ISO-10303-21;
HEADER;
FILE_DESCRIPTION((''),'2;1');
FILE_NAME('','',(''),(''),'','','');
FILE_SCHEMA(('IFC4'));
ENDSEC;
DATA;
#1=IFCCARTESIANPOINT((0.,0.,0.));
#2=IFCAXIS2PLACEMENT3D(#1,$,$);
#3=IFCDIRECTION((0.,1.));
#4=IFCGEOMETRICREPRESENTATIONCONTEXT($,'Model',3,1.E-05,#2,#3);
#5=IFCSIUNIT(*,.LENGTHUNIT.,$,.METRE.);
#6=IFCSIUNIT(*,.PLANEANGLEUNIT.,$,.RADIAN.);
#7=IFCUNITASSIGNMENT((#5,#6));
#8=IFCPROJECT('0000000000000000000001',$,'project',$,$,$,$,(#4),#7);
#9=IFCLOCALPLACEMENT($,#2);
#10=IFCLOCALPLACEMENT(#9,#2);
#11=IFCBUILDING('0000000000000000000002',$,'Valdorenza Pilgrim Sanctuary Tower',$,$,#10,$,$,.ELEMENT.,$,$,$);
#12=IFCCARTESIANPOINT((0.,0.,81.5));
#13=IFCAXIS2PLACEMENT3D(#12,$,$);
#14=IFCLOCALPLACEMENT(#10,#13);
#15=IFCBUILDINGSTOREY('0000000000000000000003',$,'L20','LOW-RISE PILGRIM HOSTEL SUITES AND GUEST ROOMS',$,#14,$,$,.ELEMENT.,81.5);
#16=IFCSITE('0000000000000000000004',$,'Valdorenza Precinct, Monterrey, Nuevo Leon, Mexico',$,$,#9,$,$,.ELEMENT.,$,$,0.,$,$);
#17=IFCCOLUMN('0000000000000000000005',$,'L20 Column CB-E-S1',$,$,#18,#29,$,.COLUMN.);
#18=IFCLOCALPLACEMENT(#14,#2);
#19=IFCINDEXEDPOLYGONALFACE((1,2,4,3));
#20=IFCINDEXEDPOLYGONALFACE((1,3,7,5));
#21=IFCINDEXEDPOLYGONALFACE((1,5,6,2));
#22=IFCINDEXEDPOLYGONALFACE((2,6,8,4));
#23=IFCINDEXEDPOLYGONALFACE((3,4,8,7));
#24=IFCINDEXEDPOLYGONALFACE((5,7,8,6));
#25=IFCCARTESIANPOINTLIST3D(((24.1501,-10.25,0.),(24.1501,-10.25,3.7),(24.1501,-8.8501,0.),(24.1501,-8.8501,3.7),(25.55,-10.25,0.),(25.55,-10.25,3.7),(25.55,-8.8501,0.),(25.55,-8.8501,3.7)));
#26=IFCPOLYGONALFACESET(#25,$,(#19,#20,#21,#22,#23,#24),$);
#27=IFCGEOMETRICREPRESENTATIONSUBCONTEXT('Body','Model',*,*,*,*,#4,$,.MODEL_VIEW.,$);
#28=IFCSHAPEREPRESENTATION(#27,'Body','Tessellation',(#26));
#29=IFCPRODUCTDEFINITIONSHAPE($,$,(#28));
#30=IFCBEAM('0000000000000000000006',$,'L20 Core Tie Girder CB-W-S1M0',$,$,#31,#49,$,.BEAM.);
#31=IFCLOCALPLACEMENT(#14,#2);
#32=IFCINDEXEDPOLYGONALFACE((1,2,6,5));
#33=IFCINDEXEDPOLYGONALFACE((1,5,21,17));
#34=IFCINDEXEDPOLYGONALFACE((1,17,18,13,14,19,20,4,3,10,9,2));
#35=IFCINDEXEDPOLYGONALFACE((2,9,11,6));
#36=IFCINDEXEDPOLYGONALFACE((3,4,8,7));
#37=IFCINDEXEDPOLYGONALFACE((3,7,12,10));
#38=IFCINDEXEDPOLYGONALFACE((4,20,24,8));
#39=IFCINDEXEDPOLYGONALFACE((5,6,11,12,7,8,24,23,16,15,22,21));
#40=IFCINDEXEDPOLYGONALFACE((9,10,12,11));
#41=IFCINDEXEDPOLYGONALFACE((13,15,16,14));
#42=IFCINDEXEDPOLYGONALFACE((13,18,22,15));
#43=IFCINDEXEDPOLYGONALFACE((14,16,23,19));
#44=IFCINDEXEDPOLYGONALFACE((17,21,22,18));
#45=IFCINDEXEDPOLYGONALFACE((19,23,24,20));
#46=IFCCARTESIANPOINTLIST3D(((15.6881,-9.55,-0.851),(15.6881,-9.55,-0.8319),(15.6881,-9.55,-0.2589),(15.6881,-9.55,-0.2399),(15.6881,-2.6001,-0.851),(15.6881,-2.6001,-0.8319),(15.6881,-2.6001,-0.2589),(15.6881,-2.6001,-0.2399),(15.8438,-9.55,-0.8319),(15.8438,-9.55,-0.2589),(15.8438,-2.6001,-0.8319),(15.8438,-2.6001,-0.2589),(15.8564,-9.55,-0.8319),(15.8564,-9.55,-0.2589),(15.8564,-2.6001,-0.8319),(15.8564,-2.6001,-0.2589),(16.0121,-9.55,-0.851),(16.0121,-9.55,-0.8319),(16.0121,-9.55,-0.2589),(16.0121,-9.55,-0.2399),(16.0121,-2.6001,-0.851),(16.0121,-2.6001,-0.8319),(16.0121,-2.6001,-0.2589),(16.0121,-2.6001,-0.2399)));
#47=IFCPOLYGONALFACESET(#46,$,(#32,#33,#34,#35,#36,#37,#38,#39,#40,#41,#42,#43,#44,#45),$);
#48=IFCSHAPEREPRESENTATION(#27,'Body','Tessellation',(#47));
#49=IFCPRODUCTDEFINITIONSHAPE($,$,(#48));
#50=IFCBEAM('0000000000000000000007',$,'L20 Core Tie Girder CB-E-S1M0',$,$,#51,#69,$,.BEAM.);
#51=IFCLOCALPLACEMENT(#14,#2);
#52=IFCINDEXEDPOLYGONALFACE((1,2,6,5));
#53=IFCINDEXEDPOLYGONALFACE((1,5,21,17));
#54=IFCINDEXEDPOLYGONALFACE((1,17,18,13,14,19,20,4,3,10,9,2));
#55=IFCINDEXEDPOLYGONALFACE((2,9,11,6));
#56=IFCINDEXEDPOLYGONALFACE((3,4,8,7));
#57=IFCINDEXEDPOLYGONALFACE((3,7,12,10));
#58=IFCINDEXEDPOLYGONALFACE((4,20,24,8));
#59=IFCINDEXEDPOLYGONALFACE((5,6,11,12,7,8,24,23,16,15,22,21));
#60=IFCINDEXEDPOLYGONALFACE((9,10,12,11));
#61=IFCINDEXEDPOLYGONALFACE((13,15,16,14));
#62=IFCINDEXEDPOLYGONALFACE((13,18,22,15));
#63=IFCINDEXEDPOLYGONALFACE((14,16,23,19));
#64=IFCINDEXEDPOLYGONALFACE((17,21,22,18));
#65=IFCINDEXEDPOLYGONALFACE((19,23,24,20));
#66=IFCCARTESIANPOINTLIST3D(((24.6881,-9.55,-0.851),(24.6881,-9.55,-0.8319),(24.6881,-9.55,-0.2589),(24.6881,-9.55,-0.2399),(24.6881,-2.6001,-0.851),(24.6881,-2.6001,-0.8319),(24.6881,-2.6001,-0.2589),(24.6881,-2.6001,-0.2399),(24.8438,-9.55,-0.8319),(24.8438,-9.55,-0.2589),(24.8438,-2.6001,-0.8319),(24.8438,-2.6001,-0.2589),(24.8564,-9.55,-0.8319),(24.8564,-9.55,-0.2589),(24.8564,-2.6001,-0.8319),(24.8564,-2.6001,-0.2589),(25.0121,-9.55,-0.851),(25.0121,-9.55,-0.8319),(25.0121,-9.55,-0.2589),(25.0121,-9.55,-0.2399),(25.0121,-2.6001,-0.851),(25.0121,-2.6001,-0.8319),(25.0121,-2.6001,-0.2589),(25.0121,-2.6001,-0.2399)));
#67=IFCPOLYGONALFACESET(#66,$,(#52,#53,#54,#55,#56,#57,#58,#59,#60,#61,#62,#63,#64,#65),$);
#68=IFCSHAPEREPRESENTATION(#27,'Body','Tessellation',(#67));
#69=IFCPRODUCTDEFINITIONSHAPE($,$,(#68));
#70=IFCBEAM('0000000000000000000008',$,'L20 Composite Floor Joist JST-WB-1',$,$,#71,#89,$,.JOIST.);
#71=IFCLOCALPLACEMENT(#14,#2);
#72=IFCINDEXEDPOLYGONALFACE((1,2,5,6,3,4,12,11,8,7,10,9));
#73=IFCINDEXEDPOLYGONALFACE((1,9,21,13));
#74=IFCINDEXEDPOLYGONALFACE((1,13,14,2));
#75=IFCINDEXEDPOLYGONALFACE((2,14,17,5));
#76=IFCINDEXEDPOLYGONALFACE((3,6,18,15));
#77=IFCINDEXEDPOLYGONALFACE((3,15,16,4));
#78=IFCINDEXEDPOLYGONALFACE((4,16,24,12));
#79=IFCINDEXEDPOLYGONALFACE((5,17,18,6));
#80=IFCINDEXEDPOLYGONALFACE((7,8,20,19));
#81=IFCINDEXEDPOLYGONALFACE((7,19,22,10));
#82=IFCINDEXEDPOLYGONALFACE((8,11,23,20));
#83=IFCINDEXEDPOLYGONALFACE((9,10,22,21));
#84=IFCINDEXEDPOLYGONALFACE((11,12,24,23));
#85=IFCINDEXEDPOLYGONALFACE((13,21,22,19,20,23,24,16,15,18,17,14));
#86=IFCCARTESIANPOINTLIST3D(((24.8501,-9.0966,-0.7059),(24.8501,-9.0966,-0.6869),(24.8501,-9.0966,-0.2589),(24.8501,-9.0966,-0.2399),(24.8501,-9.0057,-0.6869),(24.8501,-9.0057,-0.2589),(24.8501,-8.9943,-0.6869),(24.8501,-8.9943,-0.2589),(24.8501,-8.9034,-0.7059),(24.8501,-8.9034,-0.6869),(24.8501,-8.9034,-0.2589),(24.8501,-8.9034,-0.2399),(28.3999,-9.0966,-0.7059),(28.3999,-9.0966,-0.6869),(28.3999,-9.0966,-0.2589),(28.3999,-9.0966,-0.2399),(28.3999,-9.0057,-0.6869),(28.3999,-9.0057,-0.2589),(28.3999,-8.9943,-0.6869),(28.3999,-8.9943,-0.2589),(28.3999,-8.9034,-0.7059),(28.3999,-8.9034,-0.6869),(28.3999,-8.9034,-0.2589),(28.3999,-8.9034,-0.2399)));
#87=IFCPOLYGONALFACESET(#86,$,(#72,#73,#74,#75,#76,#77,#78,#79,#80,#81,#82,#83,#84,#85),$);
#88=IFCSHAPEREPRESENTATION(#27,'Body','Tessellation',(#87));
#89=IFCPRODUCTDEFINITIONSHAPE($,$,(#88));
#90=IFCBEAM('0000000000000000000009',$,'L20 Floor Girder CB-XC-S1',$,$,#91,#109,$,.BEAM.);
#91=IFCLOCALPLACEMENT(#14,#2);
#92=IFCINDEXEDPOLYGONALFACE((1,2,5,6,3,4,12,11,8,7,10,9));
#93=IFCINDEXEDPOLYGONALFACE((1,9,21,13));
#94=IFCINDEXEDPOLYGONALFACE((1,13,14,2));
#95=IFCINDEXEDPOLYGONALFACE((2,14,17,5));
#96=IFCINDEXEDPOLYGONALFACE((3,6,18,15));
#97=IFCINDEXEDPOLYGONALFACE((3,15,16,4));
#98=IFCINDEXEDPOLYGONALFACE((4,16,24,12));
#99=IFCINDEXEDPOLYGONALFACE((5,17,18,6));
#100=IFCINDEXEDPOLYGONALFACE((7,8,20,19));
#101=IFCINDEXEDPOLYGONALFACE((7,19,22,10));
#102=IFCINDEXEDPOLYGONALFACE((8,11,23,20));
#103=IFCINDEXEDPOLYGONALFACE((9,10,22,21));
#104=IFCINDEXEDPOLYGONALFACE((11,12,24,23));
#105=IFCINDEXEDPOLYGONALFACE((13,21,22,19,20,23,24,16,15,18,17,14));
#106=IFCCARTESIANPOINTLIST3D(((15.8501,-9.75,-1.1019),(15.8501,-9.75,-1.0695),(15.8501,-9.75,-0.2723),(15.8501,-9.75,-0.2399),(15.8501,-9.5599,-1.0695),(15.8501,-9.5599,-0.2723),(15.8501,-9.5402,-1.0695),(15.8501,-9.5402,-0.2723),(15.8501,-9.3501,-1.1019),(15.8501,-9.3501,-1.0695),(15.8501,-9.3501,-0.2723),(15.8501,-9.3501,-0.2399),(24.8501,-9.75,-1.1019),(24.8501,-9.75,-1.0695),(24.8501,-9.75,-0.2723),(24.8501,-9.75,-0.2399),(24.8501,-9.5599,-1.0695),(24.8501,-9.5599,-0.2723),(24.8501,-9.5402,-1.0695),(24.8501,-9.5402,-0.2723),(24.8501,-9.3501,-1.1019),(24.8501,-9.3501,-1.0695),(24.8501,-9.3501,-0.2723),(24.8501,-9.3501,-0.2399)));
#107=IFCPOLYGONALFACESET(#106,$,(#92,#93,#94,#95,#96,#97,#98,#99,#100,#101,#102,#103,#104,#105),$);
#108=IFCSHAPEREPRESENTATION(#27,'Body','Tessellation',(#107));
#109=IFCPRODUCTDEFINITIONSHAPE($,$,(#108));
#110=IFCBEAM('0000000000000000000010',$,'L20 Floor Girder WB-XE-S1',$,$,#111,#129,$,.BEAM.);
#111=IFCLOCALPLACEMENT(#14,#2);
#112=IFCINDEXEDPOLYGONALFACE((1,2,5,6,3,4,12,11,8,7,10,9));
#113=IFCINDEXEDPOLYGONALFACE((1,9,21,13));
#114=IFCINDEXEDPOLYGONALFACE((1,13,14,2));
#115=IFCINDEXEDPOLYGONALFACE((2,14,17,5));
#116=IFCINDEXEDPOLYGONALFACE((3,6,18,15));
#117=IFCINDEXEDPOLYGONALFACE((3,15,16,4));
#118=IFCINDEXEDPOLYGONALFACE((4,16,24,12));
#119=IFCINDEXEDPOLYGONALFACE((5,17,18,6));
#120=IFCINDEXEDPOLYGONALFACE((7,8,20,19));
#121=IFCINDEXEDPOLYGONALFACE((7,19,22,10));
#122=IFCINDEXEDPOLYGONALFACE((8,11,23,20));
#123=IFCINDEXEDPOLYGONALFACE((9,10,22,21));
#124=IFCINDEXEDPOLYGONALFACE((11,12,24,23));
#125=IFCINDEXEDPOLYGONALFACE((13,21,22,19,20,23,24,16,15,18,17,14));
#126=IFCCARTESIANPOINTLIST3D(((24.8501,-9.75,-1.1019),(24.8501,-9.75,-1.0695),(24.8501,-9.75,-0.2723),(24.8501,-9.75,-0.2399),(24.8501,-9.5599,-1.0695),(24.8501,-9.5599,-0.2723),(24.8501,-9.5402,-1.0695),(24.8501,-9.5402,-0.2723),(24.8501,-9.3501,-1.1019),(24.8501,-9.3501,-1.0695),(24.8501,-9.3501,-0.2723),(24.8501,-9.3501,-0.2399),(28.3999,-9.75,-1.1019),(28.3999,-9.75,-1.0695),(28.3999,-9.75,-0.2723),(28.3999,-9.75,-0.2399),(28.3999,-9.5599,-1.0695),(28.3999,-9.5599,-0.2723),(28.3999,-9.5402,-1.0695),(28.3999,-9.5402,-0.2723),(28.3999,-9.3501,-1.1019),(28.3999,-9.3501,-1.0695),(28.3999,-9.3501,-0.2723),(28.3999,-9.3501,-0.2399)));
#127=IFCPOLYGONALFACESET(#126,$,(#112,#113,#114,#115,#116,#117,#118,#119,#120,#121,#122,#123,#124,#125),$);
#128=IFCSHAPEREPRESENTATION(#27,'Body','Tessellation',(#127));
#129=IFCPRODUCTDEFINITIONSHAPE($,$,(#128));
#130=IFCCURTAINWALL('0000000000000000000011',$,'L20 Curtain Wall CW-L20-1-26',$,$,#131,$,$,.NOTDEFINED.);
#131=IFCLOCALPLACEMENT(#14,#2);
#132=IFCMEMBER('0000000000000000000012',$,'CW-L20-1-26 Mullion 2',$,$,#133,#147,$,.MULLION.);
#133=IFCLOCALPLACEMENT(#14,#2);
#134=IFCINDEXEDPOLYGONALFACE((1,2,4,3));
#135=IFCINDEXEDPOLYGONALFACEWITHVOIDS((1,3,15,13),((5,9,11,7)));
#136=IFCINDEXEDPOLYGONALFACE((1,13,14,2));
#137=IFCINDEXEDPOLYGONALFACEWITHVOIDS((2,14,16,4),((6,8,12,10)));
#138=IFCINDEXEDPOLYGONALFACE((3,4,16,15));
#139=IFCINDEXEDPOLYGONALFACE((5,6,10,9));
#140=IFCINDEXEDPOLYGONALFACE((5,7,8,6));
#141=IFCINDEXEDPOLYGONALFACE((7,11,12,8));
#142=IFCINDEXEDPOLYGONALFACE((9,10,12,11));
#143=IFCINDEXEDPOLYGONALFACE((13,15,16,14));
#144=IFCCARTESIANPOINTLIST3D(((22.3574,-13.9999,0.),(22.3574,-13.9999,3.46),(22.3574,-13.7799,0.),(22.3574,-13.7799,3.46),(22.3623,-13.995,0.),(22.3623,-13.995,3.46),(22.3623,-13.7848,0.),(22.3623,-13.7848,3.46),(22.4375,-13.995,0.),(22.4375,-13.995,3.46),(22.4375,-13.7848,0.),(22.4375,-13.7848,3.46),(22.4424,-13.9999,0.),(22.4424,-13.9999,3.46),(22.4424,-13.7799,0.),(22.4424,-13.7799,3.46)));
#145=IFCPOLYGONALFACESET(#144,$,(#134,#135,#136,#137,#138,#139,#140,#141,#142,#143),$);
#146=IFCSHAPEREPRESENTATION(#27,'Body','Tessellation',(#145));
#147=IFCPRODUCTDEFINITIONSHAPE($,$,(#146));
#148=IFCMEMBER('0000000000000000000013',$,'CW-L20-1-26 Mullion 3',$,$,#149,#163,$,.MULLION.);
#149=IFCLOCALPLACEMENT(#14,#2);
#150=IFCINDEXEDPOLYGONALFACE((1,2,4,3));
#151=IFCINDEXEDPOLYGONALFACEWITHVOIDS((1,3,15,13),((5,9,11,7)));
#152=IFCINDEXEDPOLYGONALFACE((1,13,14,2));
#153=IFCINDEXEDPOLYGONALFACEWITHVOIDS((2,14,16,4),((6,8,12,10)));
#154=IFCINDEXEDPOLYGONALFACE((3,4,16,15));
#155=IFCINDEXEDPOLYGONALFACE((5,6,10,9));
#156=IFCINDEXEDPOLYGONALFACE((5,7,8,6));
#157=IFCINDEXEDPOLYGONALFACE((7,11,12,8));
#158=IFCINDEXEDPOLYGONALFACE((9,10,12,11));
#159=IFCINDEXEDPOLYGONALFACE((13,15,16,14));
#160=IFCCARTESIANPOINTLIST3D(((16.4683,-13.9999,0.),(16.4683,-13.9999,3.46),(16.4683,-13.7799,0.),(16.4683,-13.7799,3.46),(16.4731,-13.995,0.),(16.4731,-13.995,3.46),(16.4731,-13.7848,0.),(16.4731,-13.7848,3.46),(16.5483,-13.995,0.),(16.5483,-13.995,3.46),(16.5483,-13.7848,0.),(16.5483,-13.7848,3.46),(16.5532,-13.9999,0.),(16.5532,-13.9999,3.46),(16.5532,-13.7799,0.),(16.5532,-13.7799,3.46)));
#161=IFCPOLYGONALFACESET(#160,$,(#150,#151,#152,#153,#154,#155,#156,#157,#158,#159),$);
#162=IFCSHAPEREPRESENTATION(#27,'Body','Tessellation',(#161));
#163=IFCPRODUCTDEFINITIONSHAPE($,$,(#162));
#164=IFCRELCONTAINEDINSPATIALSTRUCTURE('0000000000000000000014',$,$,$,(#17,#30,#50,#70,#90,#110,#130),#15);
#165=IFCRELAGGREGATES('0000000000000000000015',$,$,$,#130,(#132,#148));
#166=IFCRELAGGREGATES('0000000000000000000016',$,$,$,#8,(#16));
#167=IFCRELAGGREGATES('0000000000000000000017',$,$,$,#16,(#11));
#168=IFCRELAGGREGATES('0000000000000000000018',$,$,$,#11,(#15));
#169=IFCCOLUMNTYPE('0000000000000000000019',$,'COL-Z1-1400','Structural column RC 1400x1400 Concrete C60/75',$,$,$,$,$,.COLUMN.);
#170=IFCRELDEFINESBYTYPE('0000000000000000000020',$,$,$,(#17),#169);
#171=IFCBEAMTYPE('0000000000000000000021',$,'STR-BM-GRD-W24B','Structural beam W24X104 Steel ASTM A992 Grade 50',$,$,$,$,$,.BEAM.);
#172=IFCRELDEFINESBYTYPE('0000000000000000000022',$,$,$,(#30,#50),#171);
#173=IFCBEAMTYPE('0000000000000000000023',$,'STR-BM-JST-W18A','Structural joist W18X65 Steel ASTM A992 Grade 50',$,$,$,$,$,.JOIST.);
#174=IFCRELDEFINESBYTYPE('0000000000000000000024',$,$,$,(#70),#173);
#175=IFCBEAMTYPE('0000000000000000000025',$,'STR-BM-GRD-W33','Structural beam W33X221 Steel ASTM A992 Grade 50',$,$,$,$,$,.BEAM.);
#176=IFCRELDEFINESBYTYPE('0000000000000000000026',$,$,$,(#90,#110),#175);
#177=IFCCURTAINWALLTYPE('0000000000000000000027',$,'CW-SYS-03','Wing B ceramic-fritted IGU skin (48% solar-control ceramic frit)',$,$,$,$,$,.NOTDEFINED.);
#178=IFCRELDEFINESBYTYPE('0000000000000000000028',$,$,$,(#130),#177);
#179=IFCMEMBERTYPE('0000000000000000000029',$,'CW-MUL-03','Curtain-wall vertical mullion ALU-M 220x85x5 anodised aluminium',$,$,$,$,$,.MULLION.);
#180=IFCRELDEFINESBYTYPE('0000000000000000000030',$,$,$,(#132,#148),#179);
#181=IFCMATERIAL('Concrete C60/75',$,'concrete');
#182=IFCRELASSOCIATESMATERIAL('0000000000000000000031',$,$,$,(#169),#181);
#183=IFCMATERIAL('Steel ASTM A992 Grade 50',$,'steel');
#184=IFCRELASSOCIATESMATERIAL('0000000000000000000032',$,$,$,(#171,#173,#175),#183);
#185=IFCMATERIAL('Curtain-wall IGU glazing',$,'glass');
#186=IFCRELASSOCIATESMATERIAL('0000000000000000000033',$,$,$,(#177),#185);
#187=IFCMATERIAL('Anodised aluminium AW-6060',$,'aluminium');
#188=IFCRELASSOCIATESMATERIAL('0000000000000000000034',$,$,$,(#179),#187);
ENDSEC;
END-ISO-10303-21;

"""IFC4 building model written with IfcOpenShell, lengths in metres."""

from ifc_helpers import new_model, si_unit, direction, frame, origin, origin_2d, place, context, subcontext, project, spatial, rectangle, hollow_rectangle, i_section, extrude, source, transform, mapped, material, material_profile, profile_set, type_object, element, aggregate, save


model = new_model("IFC4")

# Units and contexts
model_context = context("Model", 3, precision=1e-05, world=origin(), true_north=direction((0.0, 1.0)))
body_context = subcontext(model_context, "Body", "Model", "MODEL_VIEW")
ifc_project = project(units=[si_unit("LENGTHUNIT", "METRE"), si_unit("PLANEANGLEUNIT", "RADIAN")], contexts=[model_context])

# Site, building, storey
site_placement = place(None, origin())
site = spatial("IfcSite", under=ifc_project, at=site_placement, Name="Valdorenza Precinct, Monterrey, Nuevo Leon, Mexico", CompositionType="ELEMENT", RefElevation=0.0)
building_placement = place(site_placement, origin())
building = spatial("IfcBuilding", under=site, at=building_placement, Name="Valdorenza Pilgrim Sanctuary Tower", CompositionType="ELEMENT")
storey_placement = place(building_placement, frame((0.0, 0.0, 81.5)))
storey = spatial("IfcBuildingStorey", under=building, at=storey_placement, Name="L20", Description="LOW-RISE PILGRIM HOSTEL SUITES AND GUEST ROOMS", CompositionType="ELEMENT", Elevation=81.5)

# Column
ifc_material_1 = material(Name="Concrete C60/75", Category="concrete")
ifc_material_profile_1 = material_profile(ifc_material_1, rectangle(XDim=1.3999, YDim=1.3999, at=origin_2d()), Name="RC 1400x1400")
ifc_profile_set_1 = profile_set([ifc_material_profile_1], Name="Concrete C60/75")
column_type = type_object("IfcColumnType", Name="COL-Z1-1400", Description="Structural column RC 1400x1400 Concrete C60/75", PredefinedType="COLUMN", material=ifc_profile_set_1)
shared_shape_1 = source(origin(), body_context, "Body", "SweptSolid", [
    extrude(rectangle(XDim=1.3999, YDim=1.3999, at=origin_2d()), origin(), (0.0, 0.0, 1.0), 3.7),
])
column_placement = place(storey_placement, frame((24.8501, -9.55, 0.0), z_axis=(0.0, 0.0, 1.0), x_axis=(1.0, 0.0, 0.0)))
element("IfcColumn", 1, at=column_placement, inside=storey, type_object=column_type, Name="L20 Column CB-E-S1", PredefinedType="COLUMN", context=body_context, shape_type="MappedRepresentation", body=[
    mapped(shared_shape_1, transform((0.0, 0.0, 0.0), x_axis=(1.0, 0.0, 0.0), y_axis=(0.0, 1.0, 0.0), z_axis=(0.0, 0.0, 1.0), scale=1.0)),
])

# Beams
ifc_material_2 = material(Name="Steel ASTM A992 Grade 50", Category="steel")
ifc_material_profile_2 = material_profile(ifc_material_2, i_section(OverallWidth=0.324, OverallDepth=0.6111, WebThickness=0.0127, FlangeThickness=0.019, at=origin_2d()), Name="W24X104")
ifc_profile_set_2 = profile_set([ifc_material_profile_2], Name="Steel ASTM A992 Grade 50")
beam_type_1 = type_object("IfcBeamType", Name="STR-BM-GRD-W24B", Description="Structural beam W24X104 Steel ASTM A992 Grade 50", PredefinedType="BEAM", material=ifc_profile_set_2)
shared_shape_2 = source(origin(), body_context, "Body", "SweptSolid", [
    extrude(i_section(OverallWidth=0.324, OverallDepth=0.6111, WebThickness=0.0127, FlangeThickness=0.019, at=origin_2d()), origin(), (0.0, 0.0, 1.0), 6.95),
])
for number, where, z_axis, x_axis, name in (
    (2, (15.8501, -9.55, -0.5454), (0.0, 1.0, 0.0), (-1.0, 0.0, 0.0), "L20 Core Tie Girder CB-W-S1M0"),
    (3, (24.8501, -9.55, -0.5454), (0.0, 1.0, 0.0), (-1.0, 0.0, 0.0), "L20 Core Tie Girder CB-E-S1M0"),
):
    element("IfcBeam", number, at=place(storey_placement, frame(where, z_axis=z_axis, x_axis=x_axis)), inside=storey, type_object=beam_type_1, Name=name, PredefinedType="BEAM", context=body_context, shape_type="MappedRepresentation", body=[
        mapped(shared_shape_2, transform((0.0, 0.0, 0.0), x_axis=(1.0, 0.0, 0.0), y_axis=(0.0, 1.0, 0.0), z_axis=(0.0, 0.0, 1.0), scale=1.0)),
    ])
ifc_material_profile_3 = material_profile(ifc_material_2, i_section(OverallWidth=0.1931, OverallDepth=0.4661, WebThickness=0.0115, FlangeThickness=0.019, at=origin_2d()), Name="W18X65")
ifc_profile_set_3 = profile_set([ifc_material_profile_3], Name="Steel ASTM A992 Grade 50")
beam_type_2 = type_object("IfcBeamType", Name="STR-BM-JST-W18A", Description="Structural joist W18X65 Steel ASTM A992 Grade 50", PredefinedType="JOIST", material=ifc_profile_set_3)
shared_shape_3 = source(origin(), body_context, "Body", "SweptSolid", [
    extrude(i_section(OverallWidth=0.1931, OverallDepth=0.4661, WebThickness=0.0115, FlangeThickness=0.019, at=origin_2d()), origin(), (0.0, 0.0, 1.0), 3.5498),
])
beam_1_placement = place(storey_placement, frame((24.8501, -9.0, -0.4729), z_axis=(1.0, 0.0, 0.0), x_axis=(0.0, 1.0, 0.0)))
element("IfcBeam", 4, at=beam_1_placement, inside=storey, type_object=beam_type_2, Name="L20 Composite Floor Joist JST-WB-1", PredefinedType="JOIST", context=body_context, shape_type="MappedRepresentation", body=[
    mapped(shared_shape_3, transform((0.0, 0.0, 0.0), x_axis=(1.0, 0.0, 0.0), y_axis=(0.0, 1.0, 0.0), z_axis=(0.0, 0.0, 1.0), scale=1.0)),
])
ifc_material_profile_4 = material_profile(ifc_material_2, i_section(OverallWidth=0.3999, OverallDepth=0.8621, WebThickness=0.0198, FlangeThickness=0.0325, at=origin_2d()), Name="W33X221")
ifc_profile_set_4 = profile_set([ifc_material_profile_4], Name="Steel ASTM A992 Grade 50")
beam_type_3 = type_object("IfcBeamType", Name="STR-BM-GRD-W33", Description="Structural beam W33X221 Steel ASTM A992 Grade 50", PredefinedType="BEAM", material=ifc_profile_set_4)
shared_shape_4 = source(origin(), body_context, "Body", "SweptSolid", [
    extrude(i_section(OverallWidth=0.3999, OverallDepth=0.8621, WebThickness=0.0198, FlangeThickness=0.0325, at=origin_2d()), origin(), (0.0, 0.0, 1.0), 9.0),
])
beam_2_placement = place(storey_placement, frame((15.8501, -9.55, -0.6709), z_axis=(1.0, 0.0, 0.0), x_axis=(0.0, 1.0, 0.0)))
element("IfcBeam", 5, at=beam_2_placement, inside=storey, type_object=beam_type_3, Name="L20 Floor Girder CB-XC-S1", PredefinedType="BEAM", context=body_context, shape_type="MappedRepresentation", body=[
    mapped(shared_shape_4, transform((0.0, 0.0, 0.0), x_axis=(1.0, 0.0, 0.0), y_axis=(0.0, 1.0, 0.0), z_axis=(0.0, 0.0, 1.0), scale=1.0)),
])
shared_shape_5 = source(origin(), body_context, "Body", "SweptSolid", [
    extrude(i_section(OverallWidth=0.3999, OverallDepth=0.8621, WebThickness=0.0198, FlangeThickness=0.0325, at=origin_2d()), origin(), (0.0, 0.0, 1.0), 3.5498),
])
beam_3_placement = place(storey_placement, frame((24.8501, -9.55, -0.6709), z_axis=(1.0, 0.0, 0.0), x_axis=(0.0, 1.0, 0.0)))
element("IfcBeam", 6, at=beam_3_placement, inside=storey, type_object=beam_type_3, Name="L20 Floor Girder WB-XE-S1", PredefinedType="BEAM", context=body_context, shape_type="MappedRepresentation", body=[
    mapped(shared_shape_5, transform((0.0, 0.0, 0.0), x_axis=(1.0, 0.0, 0.0), y_axis=(0.0, 1.0, 0.0), z_axis=(0.0, 0.0, 1.0), scale=1.0)),
])

# Curtain wall, members
ifc_material_3 = material(Name="Curtain-wall IGU glazing", Category="glass")
curtain_wall_type = type_object("IfcCurtainWallType", Name="CW-SYS-03", Description="Wing B ceramic-fritted IGU skin (48% solar-control ceramic frit)", PredefinedType="NOTDEFINED", material=ifc_material_3)
curtain_wall_placement = place(storey_placement, origin())
curtain_wall = element("IfcCurtainWall", 7, at=curtain_wall_placement, inside=storey, type_object=curtain_wall_type, Name="L20 Curtain Wall CW-L20-1-26", PredefinedType="NOTDEFINED")
ifc_material_4 = material(Name="Anodised aluminium AW-6060", Category="aluminium")
ifc_material_profile_5 = material_profile(ifc_material_4, hollow_rectangle(XDim=0.085, YDim=0.22, WallThickness=0.0049, at=origin_2d()), Name="ALU-M 220x85x5")
ifc_profile_set_5 = profile_set([ifc_material_profile_5], Name="Anodised aluminium AW-6060")
member_type = type_object("IfcMemberType", Name="CW-MUL-03", Description="Curtain-wall vertical mullion ALU-M 220x85x5 anodised aluminium", PredefinedType="MULLION", material=ifc_profile_set_5)
shared_shape_6 = source(origin(), body_context, "Body", "SweptSolid", [
    extrude(hollow_rectangle(XDim=0.085, YDim=0.22, WallThickness=0.0049, at=origin_2d()), origin(), (0.0, 0.0, 1.0), 3.46),
])
member_1_placement = place(storey_placement, frame((22.3999, -13.8899, 0.0), z_axis=(0.0, 0.0, 1.0), x_axis=(-1.0, 0.0, 0.0)))
member_1 = element("IfcMember", 8, at=member_1_placement, type_object=member_type, Name="CW-L20-1-26 Mullion 2", PredefinedType="MULLION", context=body_context, shape_type="MappedRepresentation", body=[
    mapped(shared_shape_6, transform((0.0, 0.0, 0.0), x_axis=(1.0, 0.0, 0.0), y_axis=(0.0, 1.0, 0.0), z_axis=(0.0, 0.0, 1.0), scale=1.0)),
])
member_2_placement = place(storey_placement, frame((16.5107, -13.8899, 0.0), z_axis=(0.0, 0.0, 1.0), x_axis=(-1.0, 0.0, 0.0)))
member_2 = element("IfcMember", 9, at=member_2_placement, type_object=member_type, Name="CW-L20-1-26 Mullion 3", PredefinedType="MULLION", context=body_context, shape_type="MappedRepresentation", body=[
    mapped(shared_shape_6, transform((0.0, 0.0, 0.0), x_axis=(1.0, 0.0, 0.0), y_axis=(0.0, 1.0, 0.0), z_axis=(0.0, 0.0, 1.0), scale=1.0)),
])
aggregate(curtain_wall, [member_1, member_2])

save(model, "model.ifc")
